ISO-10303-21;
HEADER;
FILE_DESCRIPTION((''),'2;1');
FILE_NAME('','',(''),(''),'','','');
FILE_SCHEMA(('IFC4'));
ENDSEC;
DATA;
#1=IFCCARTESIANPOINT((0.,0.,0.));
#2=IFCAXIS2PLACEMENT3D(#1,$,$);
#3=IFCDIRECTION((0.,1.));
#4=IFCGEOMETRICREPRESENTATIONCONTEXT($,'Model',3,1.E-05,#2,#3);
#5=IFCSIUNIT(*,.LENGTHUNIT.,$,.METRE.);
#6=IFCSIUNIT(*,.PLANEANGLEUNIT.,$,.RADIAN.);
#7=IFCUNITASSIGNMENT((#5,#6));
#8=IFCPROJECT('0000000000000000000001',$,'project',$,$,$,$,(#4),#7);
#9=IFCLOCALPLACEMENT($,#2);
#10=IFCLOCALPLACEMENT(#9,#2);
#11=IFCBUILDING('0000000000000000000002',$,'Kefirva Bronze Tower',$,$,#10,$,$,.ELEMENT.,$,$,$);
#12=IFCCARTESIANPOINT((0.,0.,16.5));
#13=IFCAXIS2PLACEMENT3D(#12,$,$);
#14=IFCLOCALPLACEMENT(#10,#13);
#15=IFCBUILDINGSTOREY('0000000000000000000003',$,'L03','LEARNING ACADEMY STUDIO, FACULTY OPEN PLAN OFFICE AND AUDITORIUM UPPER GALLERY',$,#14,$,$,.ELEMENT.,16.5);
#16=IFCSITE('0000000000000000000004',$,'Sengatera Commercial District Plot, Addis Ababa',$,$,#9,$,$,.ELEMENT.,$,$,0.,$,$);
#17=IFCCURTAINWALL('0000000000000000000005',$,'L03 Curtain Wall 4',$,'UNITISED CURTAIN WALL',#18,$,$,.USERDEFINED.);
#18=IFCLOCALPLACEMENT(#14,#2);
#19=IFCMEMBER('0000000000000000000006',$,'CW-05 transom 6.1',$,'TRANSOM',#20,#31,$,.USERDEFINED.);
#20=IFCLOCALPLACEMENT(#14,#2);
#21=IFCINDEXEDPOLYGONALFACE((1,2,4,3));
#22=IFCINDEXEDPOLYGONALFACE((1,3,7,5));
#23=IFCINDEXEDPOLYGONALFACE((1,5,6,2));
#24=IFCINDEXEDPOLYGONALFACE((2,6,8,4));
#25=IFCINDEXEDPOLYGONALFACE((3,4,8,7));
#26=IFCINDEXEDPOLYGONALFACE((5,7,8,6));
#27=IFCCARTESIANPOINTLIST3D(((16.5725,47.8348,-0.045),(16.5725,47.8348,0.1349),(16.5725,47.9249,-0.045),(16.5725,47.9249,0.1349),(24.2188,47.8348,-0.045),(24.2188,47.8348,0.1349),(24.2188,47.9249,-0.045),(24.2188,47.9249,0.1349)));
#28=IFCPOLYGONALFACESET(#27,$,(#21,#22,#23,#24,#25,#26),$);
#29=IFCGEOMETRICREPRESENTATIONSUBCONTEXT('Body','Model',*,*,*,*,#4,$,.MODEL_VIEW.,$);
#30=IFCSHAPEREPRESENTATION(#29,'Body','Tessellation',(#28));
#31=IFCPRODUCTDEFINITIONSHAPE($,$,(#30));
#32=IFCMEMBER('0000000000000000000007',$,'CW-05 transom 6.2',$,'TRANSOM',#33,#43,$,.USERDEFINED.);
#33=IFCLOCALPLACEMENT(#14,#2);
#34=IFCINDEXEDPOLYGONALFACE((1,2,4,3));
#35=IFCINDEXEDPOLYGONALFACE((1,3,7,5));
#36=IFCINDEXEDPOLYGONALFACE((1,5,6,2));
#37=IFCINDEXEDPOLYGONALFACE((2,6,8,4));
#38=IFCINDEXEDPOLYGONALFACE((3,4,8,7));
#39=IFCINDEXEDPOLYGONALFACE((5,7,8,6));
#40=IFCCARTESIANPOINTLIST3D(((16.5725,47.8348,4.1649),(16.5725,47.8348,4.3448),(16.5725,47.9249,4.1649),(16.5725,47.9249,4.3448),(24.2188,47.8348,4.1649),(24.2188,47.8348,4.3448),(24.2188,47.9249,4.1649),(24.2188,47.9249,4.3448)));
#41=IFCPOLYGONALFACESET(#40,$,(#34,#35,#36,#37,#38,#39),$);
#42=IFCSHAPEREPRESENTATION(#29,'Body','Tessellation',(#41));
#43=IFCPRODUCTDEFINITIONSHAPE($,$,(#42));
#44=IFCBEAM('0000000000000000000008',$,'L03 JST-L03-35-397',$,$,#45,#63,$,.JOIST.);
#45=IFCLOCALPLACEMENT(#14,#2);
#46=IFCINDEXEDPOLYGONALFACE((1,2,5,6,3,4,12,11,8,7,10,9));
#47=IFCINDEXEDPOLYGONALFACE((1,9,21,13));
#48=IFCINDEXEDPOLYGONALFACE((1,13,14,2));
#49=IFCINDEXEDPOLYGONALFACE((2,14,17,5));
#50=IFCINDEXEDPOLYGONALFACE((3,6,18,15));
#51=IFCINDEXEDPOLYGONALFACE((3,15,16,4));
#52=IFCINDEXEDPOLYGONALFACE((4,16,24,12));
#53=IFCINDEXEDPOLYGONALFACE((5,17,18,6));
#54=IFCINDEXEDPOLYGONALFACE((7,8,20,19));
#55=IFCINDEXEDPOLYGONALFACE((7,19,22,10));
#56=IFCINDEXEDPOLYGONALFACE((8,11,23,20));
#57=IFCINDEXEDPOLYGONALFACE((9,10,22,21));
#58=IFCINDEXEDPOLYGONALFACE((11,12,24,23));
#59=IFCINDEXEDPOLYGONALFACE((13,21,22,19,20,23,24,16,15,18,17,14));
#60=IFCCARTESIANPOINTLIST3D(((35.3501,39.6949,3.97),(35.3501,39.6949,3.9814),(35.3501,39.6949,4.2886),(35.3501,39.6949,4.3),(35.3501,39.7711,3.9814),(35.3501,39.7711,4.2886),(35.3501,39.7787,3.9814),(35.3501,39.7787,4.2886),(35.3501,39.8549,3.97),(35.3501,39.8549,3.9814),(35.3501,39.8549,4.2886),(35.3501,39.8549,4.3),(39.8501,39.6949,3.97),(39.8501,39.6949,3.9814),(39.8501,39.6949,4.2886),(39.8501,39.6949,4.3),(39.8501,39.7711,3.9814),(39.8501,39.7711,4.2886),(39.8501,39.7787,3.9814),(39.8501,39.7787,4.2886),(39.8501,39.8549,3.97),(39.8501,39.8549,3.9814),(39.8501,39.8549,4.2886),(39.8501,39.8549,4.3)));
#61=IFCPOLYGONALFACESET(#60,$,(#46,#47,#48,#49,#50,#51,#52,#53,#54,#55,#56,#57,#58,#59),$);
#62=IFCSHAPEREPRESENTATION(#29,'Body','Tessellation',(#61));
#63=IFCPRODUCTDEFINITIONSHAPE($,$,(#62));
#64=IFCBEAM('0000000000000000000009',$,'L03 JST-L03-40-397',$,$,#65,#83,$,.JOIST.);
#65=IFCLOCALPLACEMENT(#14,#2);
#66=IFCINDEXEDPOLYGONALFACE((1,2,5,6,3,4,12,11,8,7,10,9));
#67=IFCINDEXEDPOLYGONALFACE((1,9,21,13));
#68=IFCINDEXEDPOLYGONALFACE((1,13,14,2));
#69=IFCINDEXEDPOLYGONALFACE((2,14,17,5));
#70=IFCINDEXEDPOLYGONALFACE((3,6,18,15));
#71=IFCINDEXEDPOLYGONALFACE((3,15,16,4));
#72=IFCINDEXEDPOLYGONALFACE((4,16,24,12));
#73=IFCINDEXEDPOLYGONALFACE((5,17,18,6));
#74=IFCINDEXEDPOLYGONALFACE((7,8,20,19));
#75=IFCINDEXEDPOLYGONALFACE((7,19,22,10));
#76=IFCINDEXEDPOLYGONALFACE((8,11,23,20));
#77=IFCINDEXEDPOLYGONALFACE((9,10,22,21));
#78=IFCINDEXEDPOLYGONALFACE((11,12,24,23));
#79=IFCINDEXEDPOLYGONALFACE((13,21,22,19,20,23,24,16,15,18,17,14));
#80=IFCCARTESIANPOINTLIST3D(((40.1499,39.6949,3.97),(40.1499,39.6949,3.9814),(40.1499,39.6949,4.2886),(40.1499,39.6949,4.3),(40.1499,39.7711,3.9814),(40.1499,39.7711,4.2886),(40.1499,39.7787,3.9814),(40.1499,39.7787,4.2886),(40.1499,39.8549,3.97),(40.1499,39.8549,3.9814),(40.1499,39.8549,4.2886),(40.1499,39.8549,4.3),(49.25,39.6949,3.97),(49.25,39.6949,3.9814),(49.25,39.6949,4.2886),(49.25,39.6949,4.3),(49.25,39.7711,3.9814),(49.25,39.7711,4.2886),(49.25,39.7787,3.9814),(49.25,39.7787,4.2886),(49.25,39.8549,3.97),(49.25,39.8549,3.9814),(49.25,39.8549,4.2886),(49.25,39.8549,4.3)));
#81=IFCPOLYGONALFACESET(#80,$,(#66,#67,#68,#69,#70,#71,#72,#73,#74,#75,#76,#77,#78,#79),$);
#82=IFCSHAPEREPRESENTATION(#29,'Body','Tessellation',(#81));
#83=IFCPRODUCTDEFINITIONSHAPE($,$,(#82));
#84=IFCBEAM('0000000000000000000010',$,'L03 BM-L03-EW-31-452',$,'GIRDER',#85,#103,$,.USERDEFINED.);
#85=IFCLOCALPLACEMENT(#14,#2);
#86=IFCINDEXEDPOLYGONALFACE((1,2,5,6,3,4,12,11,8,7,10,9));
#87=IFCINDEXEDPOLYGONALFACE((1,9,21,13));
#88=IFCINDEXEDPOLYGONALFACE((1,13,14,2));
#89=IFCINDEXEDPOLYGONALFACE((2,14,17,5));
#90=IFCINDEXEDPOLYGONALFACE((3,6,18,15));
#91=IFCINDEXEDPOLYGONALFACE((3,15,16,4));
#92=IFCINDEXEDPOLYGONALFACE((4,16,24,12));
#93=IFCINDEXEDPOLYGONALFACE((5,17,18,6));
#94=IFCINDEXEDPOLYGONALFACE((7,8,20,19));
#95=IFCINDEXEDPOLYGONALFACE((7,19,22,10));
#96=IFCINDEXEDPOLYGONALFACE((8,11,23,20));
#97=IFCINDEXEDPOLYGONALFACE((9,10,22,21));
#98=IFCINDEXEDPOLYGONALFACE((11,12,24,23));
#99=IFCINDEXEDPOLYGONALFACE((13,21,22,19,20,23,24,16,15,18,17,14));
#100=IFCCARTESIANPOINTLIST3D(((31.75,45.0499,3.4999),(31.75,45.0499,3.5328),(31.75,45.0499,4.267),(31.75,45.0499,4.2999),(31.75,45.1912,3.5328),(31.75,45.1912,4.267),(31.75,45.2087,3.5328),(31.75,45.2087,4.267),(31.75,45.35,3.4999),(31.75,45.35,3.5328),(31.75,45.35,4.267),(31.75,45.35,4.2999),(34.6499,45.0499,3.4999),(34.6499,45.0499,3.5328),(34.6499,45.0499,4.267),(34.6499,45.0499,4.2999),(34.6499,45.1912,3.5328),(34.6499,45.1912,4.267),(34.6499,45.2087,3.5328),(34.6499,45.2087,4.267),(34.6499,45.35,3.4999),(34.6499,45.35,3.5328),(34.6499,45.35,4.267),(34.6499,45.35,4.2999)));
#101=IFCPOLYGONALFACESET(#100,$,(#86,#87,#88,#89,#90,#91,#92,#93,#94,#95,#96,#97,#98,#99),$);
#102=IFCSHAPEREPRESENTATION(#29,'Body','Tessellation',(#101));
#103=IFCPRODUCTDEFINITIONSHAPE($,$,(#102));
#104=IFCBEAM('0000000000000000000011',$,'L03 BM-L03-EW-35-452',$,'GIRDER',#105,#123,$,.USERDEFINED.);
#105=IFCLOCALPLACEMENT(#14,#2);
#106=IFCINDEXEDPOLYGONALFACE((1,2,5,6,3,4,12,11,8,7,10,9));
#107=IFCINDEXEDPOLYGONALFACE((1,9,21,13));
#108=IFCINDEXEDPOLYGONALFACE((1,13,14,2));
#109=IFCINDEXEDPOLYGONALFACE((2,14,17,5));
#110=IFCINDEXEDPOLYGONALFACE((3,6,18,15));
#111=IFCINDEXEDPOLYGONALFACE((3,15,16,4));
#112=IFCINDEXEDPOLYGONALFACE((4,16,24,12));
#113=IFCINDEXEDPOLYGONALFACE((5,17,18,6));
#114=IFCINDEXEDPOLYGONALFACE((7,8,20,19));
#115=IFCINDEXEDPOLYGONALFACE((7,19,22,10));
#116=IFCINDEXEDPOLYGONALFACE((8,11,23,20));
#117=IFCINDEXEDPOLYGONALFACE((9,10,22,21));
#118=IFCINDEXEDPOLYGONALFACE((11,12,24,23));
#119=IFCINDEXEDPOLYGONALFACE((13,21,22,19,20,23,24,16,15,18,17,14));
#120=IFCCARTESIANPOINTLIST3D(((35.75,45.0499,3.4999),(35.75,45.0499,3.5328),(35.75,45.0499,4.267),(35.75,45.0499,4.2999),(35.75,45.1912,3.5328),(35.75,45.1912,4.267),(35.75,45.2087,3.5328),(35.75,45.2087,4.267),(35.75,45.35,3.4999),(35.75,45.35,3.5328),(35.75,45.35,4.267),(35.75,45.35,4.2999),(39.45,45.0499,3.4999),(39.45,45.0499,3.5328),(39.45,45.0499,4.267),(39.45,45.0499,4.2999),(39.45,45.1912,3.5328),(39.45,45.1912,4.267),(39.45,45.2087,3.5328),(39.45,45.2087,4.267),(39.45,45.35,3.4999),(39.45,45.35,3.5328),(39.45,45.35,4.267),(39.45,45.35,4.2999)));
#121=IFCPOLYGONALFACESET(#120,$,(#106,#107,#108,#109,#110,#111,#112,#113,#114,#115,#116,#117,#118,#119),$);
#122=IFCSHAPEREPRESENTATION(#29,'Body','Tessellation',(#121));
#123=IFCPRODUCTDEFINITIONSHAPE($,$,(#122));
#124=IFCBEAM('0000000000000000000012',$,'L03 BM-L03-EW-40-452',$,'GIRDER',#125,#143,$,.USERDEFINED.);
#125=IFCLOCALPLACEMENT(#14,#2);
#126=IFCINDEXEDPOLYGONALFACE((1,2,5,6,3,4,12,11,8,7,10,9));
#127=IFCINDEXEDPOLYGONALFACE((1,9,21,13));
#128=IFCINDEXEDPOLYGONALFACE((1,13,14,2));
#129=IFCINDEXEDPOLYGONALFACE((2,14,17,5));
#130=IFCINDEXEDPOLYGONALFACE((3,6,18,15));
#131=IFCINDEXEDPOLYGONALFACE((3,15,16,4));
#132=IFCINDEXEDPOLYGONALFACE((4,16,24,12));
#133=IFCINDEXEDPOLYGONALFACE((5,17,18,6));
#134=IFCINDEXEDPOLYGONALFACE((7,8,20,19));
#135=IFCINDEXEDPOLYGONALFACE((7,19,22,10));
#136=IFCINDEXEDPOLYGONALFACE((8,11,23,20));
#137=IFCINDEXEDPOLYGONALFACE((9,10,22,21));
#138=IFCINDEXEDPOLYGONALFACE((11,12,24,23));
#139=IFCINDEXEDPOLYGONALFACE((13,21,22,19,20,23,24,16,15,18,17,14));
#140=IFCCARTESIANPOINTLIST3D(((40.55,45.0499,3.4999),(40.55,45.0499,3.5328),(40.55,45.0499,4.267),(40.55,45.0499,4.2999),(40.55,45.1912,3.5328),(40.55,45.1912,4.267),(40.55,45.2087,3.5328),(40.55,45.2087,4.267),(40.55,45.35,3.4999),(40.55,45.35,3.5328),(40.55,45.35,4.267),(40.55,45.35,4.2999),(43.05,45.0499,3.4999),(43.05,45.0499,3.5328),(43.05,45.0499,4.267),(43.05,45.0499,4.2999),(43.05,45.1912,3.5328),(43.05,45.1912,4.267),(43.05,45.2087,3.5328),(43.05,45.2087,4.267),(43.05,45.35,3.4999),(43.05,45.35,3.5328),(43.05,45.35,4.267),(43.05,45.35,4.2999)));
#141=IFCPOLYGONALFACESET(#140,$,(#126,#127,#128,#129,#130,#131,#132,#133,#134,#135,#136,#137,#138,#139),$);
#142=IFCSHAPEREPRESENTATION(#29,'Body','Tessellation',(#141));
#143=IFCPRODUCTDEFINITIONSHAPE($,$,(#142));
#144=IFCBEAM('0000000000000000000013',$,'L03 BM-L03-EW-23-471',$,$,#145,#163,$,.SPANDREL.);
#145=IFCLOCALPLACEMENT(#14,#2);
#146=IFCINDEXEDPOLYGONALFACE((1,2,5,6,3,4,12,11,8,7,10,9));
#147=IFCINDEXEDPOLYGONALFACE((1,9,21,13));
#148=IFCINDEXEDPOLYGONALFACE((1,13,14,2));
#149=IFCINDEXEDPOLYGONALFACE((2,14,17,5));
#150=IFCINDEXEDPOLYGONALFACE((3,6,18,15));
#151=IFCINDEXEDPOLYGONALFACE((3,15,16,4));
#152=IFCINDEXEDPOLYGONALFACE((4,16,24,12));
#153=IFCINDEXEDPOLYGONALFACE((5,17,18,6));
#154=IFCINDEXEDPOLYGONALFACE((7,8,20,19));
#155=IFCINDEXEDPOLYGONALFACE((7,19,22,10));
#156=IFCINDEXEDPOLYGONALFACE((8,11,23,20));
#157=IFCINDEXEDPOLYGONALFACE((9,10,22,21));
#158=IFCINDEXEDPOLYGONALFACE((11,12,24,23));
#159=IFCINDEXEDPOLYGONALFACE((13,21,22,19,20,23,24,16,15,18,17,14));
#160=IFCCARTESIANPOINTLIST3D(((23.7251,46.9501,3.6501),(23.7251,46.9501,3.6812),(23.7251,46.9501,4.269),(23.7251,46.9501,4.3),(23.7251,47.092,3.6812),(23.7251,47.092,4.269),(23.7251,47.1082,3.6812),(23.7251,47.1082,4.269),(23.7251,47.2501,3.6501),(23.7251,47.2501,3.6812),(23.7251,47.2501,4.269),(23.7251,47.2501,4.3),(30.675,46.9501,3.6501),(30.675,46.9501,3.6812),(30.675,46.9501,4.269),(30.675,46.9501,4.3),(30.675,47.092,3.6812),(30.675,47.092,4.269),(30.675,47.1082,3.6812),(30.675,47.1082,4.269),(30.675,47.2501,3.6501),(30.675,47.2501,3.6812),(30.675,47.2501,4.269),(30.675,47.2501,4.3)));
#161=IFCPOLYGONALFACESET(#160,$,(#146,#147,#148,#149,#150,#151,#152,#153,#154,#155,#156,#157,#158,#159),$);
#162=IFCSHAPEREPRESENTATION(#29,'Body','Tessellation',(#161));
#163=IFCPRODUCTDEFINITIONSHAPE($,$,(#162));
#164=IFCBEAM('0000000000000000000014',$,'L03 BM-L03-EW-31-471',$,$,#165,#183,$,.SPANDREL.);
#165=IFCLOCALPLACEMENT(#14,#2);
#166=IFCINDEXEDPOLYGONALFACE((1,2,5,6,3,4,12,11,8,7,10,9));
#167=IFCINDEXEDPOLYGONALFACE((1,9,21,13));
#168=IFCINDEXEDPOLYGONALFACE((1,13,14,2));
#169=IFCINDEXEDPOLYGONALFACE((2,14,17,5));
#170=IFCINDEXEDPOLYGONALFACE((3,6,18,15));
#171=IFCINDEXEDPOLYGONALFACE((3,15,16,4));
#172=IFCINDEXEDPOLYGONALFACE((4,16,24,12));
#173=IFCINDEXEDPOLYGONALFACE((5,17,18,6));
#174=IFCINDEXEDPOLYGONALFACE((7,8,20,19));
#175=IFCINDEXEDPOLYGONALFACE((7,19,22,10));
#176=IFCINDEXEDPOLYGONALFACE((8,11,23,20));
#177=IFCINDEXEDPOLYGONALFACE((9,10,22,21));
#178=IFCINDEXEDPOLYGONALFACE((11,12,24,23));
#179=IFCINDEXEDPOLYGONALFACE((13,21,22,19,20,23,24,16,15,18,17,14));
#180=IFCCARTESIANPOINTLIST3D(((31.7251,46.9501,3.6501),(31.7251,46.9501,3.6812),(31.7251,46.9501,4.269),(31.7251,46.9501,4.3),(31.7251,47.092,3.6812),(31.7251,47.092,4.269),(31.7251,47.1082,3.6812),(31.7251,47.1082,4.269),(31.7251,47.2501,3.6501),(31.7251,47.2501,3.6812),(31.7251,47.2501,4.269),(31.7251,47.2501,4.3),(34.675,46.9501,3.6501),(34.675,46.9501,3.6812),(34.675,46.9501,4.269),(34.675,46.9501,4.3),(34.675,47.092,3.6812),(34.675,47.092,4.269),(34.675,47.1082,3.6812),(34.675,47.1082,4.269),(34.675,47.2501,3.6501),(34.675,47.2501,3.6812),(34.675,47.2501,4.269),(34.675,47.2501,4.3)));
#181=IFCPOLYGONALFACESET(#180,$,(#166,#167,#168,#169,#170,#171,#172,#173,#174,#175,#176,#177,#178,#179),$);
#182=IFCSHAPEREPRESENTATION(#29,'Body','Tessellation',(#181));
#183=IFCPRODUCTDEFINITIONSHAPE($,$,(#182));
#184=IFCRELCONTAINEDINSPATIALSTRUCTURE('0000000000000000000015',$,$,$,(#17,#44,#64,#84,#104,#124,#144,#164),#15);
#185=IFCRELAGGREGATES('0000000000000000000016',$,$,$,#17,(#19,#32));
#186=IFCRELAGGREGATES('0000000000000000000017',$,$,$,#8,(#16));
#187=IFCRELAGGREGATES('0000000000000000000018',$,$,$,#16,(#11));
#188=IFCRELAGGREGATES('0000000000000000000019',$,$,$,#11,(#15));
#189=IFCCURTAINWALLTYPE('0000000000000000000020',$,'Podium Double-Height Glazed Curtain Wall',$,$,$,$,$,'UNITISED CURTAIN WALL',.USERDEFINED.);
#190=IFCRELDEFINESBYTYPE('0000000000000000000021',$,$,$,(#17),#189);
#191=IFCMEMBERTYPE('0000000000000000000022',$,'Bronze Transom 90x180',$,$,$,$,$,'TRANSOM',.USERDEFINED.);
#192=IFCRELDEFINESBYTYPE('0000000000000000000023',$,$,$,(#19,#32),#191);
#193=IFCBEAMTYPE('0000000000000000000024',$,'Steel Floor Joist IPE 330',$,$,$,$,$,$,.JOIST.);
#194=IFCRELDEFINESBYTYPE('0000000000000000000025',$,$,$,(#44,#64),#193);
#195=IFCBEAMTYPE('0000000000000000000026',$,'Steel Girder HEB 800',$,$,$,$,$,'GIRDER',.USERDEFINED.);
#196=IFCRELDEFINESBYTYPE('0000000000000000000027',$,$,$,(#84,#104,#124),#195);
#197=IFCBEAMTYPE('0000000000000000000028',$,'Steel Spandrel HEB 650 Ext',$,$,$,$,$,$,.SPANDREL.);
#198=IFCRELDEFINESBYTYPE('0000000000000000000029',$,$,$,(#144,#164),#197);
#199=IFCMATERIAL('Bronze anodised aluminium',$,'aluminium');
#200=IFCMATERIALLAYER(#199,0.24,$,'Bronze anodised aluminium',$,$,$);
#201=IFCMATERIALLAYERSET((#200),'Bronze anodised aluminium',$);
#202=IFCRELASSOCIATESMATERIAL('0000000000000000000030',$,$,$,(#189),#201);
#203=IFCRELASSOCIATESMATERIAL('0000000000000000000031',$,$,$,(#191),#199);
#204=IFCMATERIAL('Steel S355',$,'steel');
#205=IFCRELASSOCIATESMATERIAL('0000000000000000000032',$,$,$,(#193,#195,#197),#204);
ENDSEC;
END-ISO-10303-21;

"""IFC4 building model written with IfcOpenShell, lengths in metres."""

from ifc_helpers import new_model, si_unit, direction, frame, origin, origin_2d, place, context, subcontext, project, spatial, rectangle, i_section, extrude, material, layer, layer_set, material_profile, profile_set, type_object, element, aggregate, save


model = new_model("IFC4")

# Units and contexts
model_context = context("Model", 3, precision=1e-05, world=origin(), true_north=direction((0.0, 1.0)))
body_context = subcontext(model_context, "Body", "Model", "MODEL_VIEW")
ifc_project = project(units=[si_unit("LENGTHUNIT", "METRE"), si_unit("PLANEANGLEUNIT", "RADIAN")], contexts=[model_context])

# Site, building, storey
site_placement = place(None, origin())
site = spatial("IfcSite", under=ifc_project, at=site_placement, Name="Sengatera Commercial District Plot, Addis Ababa", CompositionType="ELEMENT", RefElevation=0.0)
building_placement = place(site_placement, origin())
building = spatial("IfcBuilding", under=site, at=building_placement, Name="Kefirva Bronze Tower", CompositionType="ELEMENT")
storey_placement = place(building_placement, frame((0.0, 0.0, 16.5)))
storey = spatial("IfcBuildingStorey", under=building, at=storey_placement, Name="L03", Description="LEARNING ACADEMY STUDIO, FACULTY OPEN PLAN OFFICE AND AUDITORIUM UPPER GALLERY", CompositionType="ELEMENT", Elevation=16.5)

# Curtain wall, members
ifc_material_1 = material(Name="Bronze anodised aluminium", Category="aluminium")
ifc_layer_1 = layer(ifc_material_1, 0.24, Name="Bronze anodised aluminium")
ifc_layer_set_1 = layer_set([ifc_layer_1], Name="Bronze anodised aluminium")
curtain_wall_type = type_object("IfcCurtainWallType", Name="Podium Double-Height Glazed Curtain Wall", ElementType="UNITISED CURTAIN WALL", PredefinedType="USERDEFINED", material=ifc_layer_set_1)
curtain_wall_placement = place(storey_placement, origin())
curtain_wall = element("IfcCurtainWall", 1, at=curtain_wall_placement, inside=storey, type_object=curtain_wall_type, Name="L03 Curtain Wall 4", ObjectType="UNITISED CURTAIN WALL", PredefinedType="USERDEFINED")
ifc_material_profile_1 = material_profile(ifc_material_1, rectangle(XDim=0.0901, YDim=0.1799, at=origin_2d()), Name="ALU 90x180")
ifc_profile_set_1 = profile_set([ifc_material_profile_1], Name="Bronze anodised aluminium")
member_type_1 = type_object("IfcMemberType", Name="Bronze Transom 90x180", ElementType="TRANSOM", PredefinedType="USERDEFINED", material=ifc_profile_set_1)
member_1_placement = place(storey_placement, frame((24.2188, 47.8799, 0.0449), z_axis=(-1.0, 0.0, 0.0), x_axis=(0.0, -1.0, 0.0)))
member_1 = element("IfcMember", 2, at=member_1_placement, type_object=member_type_1, Name="CW-05 transom 6.1", ObjectType="TRANSOM", PredefinedType="USERDEFINED", context=body_context, shape_type="SweptSolid", body=[
    extrude(rectangle(XDim=0.0901, YDim=0.1799, at=origin_2d()), origin(), (0.0, 0.0, 1.0), 7.6462),
])
member_2_placement = place(storey_placement, frame((24.2188, 47.8799, 4.2549), z_axis=(-1.0, 0.0, 0.0), x_axis=(0.0, -1.0, 0.0)))
member_2 = element("IfcMember", 3, at=member_2_placement, type_object=member_type_1, Name="CW-05 transom 6.2", ObjectType="TRANSOM", PredefinedType="USERDEFINED", context=body_context, shape_type="SweptSolid", body=[
    extrude(rectangle(XDim=0.0901, YDim=0.1799, at=origin_2d()), origin(), (0.0, 0.0, 1.0), 7.6462),
])

# Beams
ifc_material_2 = material(Name="Steel S355", Category="steel")
ifc_material_profile_2 = material_profile(ifc_material_2, i_section(OverallWidth=0.1599, OverallDepth=0.3301, WebThickness=0.0076, FlangeThickness=0.0115, at=origin_2d()), Name="IPE 330")
ifc_profile_set_2 = profile_set([ifc_material_profile_2], Name="Steel S355")
beam_type_1 = type_object("IfcBeamType", Name="Steel Floor Joist IPE 330", PredefinedType="JOIST", material=ifc_profile_set_2)
beam_1_placement = place(storey_placement, frame((35.3501, 39.7749, 4.135), z_axis=(1.0, 0.0, 0.0), x_axis=(0.0, 1.0, 0.0)))
element("IfcBeam", 4, at=beam_1_placement, inside=storey, type_object=beam_type_1, Name="L03 JST-L03-35-397", PredefinedType="JOIST", context=body_context, shape_type="SweptSolid", body=[
    extrude(i_section(OverallWidth=0.1599, OverallDepth=0.3301, WebThickness=0.0076, FlangeThickness=0.0115, at=origin_2d()), origin(), (0.0, 0.0, 1.0), 4.5),
])
beam_2_placement = place(storey_placement, frame((40.1499, 39.7749, 4.135), z_axis=(1.0, 0.0, 0.0), x_axis=(0.0, 1.0, 0.0)))
element("IfcBeam", 5, at=beam_2_placement, inside=storey, type_object=beam_type_1, Name="L03 JST-L03-40-397", PredefinedType="JOIST", context=body_context, shape_type="SweptSolid", body=[
    extrude(i_section(OverallWidth=0.1599, OverallDepth=0.3301, WebThickness=0.0076, FlangeThickness=0.0115, at=origin_2d()), origin(), (0.0, 0.0, 1.0), 9.1001),
])
ifc_material_profile_3 = material_profile(ifc_material_2, i_section(OverallWidth=0.3, OverallDepth=0.8, WebThickness=0.0176, FlangeThickness=0.033, at=origin_2d()), Name="HEB 800")
ifc_profile_set_3 = profile_set([ifc_material_profile_3], Name="Steel S355")
beam_type_2 = type_object("IfcBeamType", Name="Steel Girder HEB 800", ElementType="GIRDER", PredefinedType="USERDEFINED", material=ifc_profile_set_3)
beam_3_placement = place(storey_placement, frame((31.75, 45.2, 3.8999), z_axis=(1.0, 0.0, 0.0), x_axis=(0.0, 1.0, 0.0)))
element("IfcBeam", 6, at=beam_3_placement, inside=storey, type_object=beam_type_2, Name="L03 BM-L03-EW-31-452", ObjectType="GIRDER", PredefinedType="USERDEFINED", context=body_context, shape_type="SweptSolid", body=[
    extrude(i_section(OverallWidth=0.3, OverallDepth=0.8, WebThickness=0.0176, FlangeThickness=0.033, at=origin_2d()), origin(), (0.0, 0.0, 1.0), 2.8999),
])
beam_4_placement = place(storey_placement, frame((35.75, 45.2, 3.8999), z_axis=(1.0, 0.0, 0.0), x_axis=(0.0, 1.0, 0.0)))
element("IfcBeam", 7, at=beam_4_placement, inside=storey, type_object=beam_type_2, Name="L03 BM-L03-EW-35-452", ObjectType="GIRDER", PredefinedType="USERDEFINED", context=body_context, shape_type="SweptSolid", body=[
    extrude(i_section(OverallWidth=0.3, OverallDepth=0.8, WebThickness=0.0176, FlangeThickness=0.033, at=origin_2d()), origin(), (0.0, 0.0, 1.0), 3.7),
])
beam_5_placement = place(storey_placement, frame((40.55, 45.2, 3.8999), z_axis=(1.0, 0.0, 0.0), x_axis=(0.0, 1.0, 0.0)))
element("IfcBeam", 8, at=beam_5_placement, inside=storey, type_object=beam_type_2, Name="L03 BM-L03-EW-40-452", ObjectType="GIRDER", PredefinedType="USERDEFINED", context=body_context, shape_type="SweptSolid", body=[
    extrude(i_section(OverallWidth=0.3, OverallDepth=0.8, WebThickness=0.0176, FlangeThickness=0.033, at=origin_2d()), origin(), (0.0, 0.0, 1.0), 2.5),
])
ifc_material_profile_4 = material_profile(ifc_material_2, i_section(OverallWidth=0.3, OverallDepth=0.6499, WebThickness=0.0161, FlangeThickness=0.031, at=origin_2d()), Name="HEB 650")
ifc_profile_set_4 = profile_set([ifc_material_profile_4], Name="Steel S355")
beam_type_3 = type_object("IfcBeamType", Name="Steel Spandrel HEB 650 Ext", PredefinedType="SPANDREL", material=ifc_profile_set_4)
beam_6_placement = place(storey_placement, frame((23.7251, 47.1001, 3.9751), z_axis=(1.0, 0.0, 0.0), x_axis=(0.0, 1.0, 0.0)))
element("IfcBeam", 9, at=beam_6_placement, inside=storey, type_object=beam_type_3, Name="L03 BM-L03-EW-23-471", PredefinedType="SPANDREL", context=body_context, shape_type="SweptSolid", body=[
    extrude(i_section(OverallWidth=0.3, OverallDepth=0.6499, WebThickness=0.0161, FlangeThickness=0.031, at=origin_2d()), origin(), (0.0, 0.0, 1.0), 6.95),
])
beam_7_placement = place(storey_placement, frame((31.7251, 47.1001, 3.9751), z_axis=(1.0, 0.0, 0.0), x_axis=(0.0, 1.0, 0.0)))
element("IfcBeam", 10, at=beam_7_placement, inside=storey, type_object=beam_type_3, Name="L03 BM-L03-EW-31-471", PredefinedType="SPANDREL", context=body_context, shape_type="SweptSolid", body=[
    extrude(i_section(OverallWidth=0.3, OverallDepth=0.6499, WebThickness=0.0161, FlangeThickness=0.031, at=origin_2d()), origin(), (0.0, 0.0, 1.0), 2.95),
])

aggregate(curtain_wall, [member_1, member_2])

save(model, "model.ifc")
